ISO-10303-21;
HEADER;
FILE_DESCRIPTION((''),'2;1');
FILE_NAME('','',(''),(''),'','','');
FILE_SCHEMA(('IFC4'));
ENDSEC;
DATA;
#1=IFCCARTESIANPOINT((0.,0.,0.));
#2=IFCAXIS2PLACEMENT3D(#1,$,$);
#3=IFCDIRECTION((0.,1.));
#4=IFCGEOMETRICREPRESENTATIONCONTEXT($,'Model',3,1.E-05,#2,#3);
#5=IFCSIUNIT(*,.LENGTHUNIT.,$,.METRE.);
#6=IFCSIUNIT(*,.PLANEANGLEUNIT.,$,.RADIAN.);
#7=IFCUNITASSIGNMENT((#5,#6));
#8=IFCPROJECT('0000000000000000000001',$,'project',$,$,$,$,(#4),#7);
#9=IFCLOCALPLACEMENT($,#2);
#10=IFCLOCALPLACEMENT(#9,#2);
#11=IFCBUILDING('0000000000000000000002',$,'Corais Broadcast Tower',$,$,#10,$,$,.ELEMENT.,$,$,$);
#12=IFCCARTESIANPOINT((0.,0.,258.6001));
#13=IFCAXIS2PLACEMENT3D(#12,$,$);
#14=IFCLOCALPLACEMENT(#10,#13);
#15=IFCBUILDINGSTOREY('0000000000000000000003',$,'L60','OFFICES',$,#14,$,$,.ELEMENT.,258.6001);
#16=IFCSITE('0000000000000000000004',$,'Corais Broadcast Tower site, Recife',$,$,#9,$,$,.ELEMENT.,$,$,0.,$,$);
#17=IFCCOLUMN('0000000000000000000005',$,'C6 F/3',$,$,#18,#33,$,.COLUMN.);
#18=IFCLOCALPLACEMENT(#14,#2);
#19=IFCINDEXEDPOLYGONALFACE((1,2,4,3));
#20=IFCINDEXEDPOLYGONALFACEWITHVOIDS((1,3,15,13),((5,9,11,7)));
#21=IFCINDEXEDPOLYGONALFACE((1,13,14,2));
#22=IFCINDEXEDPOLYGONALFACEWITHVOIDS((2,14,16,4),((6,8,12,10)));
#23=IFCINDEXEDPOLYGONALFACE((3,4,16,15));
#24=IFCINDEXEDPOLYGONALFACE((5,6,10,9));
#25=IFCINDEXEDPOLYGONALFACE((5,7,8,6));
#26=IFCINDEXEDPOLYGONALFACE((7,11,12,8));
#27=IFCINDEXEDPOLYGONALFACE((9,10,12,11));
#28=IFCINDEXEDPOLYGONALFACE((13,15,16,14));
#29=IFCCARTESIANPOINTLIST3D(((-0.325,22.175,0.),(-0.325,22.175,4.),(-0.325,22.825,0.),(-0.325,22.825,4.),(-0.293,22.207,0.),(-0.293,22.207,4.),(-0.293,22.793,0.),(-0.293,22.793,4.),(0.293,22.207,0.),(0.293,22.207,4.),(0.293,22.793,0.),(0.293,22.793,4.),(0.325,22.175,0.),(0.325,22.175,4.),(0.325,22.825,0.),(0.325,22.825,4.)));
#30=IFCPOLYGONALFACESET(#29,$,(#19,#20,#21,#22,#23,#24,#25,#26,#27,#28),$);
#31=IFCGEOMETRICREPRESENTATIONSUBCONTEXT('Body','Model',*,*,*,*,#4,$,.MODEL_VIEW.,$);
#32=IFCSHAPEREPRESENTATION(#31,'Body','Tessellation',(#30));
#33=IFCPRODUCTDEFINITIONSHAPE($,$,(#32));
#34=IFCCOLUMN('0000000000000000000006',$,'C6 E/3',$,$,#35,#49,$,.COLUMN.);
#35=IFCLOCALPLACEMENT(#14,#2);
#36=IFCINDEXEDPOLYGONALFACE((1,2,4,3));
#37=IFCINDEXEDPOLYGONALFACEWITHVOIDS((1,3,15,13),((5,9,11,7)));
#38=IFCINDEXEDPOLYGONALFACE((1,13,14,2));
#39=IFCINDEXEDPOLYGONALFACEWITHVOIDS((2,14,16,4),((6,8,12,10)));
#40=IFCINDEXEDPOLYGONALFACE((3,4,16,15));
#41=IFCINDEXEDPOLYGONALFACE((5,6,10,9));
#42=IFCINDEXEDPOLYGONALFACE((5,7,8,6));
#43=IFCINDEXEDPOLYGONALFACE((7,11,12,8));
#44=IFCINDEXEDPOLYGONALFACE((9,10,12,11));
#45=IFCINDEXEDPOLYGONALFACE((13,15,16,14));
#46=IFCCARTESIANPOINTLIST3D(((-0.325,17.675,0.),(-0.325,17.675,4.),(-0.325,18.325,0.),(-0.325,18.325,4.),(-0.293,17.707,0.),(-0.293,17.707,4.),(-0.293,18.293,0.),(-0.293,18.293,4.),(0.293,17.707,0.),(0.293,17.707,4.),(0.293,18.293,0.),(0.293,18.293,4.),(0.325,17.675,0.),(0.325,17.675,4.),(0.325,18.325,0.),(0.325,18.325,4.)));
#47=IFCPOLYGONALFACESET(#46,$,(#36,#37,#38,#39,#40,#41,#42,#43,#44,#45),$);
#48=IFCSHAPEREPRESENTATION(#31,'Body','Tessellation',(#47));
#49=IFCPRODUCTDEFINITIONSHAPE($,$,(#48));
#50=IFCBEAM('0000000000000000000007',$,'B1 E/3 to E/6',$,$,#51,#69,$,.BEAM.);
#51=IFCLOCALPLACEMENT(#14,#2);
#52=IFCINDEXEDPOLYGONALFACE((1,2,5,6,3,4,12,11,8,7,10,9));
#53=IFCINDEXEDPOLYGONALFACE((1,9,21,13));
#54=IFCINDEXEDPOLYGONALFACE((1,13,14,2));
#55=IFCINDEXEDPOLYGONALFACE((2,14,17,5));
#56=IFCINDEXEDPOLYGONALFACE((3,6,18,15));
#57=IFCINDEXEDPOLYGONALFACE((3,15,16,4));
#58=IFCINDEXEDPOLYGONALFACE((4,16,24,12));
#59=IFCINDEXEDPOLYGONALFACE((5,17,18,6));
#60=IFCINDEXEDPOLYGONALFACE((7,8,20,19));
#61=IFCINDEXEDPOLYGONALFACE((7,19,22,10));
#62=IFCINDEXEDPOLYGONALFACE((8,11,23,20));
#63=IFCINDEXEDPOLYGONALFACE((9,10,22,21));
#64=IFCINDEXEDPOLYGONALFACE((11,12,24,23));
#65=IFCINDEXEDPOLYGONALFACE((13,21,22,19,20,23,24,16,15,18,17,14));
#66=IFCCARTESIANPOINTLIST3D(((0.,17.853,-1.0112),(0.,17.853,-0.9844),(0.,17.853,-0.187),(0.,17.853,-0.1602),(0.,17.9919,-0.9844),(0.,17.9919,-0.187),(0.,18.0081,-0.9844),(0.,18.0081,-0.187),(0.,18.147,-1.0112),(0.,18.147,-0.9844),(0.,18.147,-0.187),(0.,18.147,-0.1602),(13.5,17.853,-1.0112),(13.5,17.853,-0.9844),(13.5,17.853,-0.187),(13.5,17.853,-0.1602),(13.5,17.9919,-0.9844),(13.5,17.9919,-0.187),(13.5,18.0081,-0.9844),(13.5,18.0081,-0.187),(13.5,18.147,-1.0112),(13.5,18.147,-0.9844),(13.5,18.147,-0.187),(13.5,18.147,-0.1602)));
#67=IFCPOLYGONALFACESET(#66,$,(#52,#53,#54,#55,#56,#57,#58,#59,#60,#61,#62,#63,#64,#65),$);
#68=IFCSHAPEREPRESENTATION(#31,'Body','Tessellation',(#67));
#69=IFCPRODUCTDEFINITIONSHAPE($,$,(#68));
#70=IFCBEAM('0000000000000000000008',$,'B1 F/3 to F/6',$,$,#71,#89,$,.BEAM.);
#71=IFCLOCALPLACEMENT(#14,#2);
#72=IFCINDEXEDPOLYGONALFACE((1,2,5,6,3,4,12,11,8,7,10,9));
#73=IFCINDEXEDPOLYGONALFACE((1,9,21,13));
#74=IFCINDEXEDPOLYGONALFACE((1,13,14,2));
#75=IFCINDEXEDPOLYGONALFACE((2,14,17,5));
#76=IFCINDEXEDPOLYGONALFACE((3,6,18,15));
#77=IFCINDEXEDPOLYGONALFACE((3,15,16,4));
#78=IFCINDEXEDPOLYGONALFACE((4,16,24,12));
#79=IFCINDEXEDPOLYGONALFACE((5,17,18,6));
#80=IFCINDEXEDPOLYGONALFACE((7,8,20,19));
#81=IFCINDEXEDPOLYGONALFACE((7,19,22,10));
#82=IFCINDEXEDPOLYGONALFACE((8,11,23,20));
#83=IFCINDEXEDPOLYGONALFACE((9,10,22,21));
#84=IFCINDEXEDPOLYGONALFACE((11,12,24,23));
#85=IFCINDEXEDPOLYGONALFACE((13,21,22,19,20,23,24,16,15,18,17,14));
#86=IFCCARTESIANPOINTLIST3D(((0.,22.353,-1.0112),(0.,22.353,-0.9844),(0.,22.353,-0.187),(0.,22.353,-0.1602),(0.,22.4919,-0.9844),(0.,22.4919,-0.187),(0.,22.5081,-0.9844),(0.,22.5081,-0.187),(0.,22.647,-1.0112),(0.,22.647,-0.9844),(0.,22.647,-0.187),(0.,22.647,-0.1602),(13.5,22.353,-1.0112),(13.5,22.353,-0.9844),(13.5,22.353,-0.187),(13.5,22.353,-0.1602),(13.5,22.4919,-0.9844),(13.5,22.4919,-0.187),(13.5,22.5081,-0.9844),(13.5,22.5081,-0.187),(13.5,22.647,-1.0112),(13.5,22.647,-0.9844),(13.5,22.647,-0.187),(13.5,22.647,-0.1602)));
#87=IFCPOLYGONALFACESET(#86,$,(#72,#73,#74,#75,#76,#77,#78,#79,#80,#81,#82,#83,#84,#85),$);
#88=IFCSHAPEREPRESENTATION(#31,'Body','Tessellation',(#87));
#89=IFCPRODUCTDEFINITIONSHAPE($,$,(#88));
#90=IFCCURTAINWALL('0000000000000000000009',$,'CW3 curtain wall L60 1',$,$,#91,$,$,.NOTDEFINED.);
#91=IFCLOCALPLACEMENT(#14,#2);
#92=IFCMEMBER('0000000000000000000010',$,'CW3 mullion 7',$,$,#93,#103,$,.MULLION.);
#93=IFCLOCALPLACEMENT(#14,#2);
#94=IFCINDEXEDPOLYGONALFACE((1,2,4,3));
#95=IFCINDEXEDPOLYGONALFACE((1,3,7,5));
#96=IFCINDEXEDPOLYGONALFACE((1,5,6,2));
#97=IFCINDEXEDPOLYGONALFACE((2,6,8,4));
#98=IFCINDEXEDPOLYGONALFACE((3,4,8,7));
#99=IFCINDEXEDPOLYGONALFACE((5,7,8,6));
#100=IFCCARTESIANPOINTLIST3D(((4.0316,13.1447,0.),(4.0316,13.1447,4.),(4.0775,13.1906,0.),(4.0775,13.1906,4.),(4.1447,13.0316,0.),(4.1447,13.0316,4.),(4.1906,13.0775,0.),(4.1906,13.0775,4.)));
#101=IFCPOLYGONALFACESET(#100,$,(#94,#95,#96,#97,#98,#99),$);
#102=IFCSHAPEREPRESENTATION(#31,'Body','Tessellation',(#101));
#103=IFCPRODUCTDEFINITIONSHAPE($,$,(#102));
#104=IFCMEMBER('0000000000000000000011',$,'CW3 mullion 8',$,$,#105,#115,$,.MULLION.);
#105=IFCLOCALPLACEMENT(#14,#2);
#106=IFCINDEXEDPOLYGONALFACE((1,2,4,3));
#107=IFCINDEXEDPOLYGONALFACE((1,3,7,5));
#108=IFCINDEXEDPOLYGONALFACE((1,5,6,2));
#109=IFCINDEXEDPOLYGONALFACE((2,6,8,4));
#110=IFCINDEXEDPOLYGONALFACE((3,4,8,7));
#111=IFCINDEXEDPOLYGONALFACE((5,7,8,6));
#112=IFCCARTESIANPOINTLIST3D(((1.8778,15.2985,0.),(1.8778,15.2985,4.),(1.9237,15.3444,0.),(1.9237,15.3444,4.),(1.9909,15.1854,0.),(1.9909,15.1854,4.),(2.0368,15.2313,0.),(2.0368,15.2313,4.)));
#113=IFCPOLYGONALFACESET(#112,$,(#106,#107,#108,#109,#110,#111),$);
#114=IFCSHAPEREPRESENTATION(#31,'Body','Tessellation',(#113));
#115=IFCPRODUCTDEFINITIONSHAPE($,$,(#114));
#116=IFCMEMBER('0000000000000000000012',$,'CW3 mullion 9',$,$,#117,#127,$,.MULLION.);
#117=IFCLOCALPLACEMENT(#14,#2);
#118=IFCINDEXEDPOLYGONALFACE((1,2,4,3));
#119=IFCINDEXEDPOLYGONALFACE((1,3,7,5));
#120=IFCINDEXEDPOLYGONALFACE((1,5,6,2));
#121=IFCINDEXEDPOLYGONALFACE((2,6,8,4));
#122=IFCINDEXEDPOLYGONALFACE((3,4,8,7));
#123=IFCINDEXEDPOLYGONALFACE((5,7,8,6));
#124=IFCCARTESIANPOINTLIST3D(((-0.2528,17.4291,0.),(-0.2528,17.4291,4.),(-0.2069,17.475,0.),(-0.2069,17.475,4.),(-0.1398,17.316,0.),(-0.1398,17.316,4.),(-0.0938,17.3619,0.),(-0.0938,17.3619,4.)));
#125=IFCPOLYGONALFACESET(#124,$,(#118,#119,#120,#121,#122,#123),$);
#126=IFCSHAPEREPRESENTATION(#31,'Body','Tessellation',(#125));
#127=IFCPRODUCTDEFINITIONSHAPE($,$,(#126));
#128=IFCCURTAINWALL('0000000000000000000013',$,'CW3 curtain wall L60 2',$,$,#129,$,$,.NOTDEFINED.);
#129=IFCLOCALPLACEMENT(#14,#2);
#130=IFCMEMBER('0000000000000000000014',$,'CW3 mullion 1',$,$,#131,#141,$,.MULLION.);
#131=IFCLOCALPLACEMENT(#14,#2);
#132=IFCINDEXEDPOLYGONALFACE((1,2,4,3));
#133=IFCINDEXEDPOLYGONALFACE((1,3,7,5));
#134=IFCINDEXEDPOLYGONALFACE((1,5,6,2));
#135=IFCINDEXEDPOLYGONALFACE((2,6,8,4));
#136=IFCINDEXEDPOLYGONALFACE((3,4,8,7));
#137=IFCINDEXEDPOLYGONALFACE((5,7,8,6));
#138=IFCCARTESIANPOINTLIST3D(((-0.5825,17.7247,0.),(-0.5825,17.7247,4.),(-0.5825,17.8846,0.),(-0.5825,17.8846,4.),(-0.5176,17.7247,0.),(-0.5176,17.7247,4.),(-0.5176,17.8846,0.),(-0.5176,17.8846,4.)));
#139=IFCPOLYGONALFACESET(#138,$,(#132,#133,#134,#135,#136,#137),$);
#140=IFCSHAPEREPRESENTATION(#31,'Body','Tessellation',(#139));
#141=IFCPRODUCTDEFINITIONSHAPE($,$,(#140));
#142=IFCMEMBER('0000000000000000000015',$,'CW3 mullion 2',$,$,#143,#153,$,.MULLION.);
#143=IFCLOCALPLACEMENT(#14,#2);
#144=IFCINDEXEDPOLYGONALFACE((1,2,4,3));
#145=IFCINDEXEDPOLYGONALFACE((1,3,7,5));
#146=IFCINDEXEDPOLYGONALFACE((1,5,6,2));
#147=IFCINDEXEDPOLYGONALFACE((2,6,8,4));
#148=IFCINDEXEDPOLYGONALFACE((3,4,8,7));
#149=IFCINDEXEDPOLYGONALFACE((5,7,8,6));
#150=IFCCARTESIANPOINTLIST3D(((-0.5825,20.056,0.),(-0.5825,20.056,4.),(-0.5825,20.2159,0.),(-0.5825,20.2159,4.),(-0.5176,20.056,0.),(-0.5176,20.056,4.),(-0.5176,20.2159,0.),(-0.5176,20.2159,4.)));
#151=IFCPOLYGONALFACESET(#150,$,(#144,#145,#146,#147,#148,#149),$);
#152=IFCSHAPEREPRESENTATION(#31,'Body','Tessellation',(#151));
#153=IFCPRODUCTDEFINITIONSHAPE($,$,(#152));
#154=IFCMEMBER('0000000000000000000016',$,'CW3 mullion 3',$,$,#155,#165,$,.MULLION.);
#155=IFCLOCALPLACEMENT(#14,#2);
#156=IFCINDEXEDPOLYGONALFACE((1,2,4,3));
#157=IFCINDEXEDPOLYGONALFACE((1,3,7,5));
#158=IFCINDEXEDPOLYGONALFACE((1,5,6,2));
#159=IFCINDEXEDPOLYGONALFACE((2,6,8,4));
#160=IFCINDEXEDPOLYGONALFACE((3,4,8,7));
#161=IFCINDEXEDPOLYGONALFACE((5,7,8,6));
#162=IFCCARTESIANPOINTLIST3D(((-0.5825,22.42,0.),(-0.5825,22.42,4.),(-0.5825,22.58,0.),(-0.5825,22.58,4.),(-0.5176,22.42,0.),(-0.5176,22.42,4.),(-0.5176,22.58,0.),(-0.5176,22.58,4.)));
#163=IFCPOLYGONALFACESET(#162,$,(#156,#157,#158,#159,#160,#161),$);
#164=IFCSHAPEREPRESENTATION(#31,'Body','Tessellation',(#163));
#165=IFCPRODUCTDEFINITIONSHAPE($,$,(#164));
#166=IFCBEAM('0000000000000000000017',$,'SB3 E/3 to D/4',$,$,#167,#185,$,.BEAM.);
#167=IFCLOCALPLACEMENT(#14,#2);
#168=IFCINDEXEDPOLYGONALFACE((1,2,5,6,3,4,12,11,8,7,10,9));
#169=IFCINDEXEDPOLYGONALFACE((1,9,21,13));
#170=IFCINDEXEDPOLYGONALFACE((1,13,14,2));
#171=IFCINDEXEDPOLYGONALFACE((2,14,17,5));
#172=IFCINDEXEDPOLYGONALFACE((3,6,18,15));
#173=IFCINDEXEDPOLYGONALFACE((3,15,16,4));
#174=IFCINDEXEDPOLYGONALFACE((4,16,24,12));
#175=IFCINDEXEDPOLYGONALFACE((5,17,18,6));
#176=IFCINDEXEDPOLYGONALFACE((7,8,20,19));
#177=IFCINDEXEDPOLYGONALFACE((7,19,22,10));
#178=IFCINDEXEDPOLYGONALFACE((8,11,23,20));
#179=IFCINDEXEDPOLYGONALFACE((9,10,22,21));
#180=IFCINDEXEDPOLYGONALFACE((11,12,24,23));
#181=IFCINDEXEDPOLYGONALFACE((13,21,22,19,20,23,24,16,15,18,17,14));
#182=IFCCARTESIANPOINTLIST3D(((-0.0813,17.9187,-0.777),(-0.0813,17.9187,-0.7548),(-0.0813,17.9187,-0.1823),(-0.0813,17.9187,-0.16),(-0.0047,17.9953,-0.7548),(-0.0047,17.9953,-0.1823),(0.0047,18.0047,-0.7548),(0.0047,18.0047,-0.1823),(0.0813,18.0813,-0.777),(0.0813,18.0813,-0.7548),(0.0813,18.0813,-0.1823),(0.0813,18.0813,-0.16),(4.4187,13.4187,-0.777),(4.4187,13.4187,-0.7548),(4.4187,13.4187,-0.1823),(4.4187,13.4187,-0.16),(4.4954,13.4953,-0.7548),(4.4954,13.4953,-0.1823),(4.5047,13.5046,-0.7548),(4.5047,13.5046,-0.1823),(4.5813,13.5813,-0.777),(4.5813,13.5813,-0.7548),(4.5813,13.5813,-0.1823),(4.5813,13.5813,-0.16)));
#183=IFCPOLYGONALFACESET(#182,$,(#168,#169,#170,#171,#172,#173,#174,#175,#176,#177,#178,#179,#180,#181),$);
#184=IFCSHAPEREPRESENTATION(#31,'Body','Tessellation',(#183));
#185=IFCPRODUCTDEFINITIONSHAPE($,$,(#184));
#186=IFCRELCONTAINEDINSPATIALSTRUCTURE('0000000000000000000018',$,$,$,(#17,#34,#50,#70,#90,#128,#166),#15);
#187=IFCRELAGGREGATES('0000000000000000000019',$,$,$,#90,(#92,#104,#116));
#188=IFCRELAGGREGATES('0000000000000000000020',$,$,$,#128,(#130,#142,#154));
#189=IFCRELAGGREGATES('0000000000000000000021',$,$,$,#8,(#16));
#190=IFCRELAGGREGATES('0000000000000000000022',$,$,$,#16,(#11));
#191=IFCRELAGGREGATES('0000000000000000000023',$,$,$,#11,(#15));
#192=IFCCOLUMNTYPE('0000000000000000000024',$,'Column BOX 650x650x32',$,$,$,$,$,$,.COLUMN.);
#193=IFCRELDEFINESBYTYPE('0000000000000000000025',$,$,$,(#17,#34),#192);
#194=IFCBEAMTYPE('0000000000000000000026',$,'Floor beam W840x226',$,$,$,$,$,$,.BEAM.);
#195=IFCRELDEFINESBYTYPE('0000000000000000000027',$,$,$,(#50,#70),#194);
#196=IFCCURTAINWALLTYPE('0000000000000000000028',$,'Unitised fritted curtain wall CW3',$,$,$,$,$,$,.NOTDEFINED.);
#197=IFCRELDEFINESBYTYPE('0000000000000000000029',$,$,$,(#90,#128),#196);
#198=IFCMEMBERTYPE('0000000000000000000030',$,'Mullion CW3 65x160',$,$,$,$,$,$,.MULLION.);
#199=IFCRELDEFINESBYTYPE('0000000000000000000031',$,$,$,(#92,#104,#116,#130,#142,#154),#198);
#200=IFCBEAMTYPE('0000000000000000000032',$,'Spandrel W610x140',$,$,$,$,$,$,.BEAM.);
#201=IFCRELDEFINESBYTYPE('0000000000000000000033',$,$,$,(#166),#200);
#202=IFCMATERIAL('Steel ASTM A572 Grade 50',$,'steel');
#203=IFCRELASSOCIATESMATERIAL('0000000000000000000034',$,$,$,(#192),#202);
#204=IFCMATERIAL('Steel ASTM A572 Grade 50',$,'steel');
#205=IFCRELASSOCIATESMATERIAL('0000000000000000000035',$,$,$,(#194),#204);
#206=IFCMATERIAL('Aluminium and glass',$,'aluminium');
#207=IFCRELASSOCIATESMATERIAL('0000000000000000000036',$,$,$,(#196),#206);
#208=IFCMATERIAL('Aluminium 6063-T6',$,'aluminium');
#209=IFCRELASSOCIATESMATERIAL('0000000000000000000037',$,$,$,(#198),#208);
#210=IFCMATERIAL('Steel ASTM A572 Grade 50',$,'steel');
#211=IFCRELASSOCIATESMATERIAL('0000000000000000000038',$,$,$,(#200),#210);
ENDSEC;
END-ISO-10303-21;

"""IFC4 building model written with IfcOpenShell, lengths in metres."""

from ifc_helpers import new_model, si_unit, direction, frame, origin, origin_2d, place, context, subcontext, project, spatial, rectangle, hollow_rectangle, i_section, extrude, material, material_profile, profile_set, type_object, element, aggregate, save


model = new_model("IFC4")

# Units and contexts
model_context = context("Model", 3, precision=1e-05, world=origin(), true_north=direction((0.0, 1.0)))
body_context = subcontext(model_context, "Body", "Model", "MODEL_VIEW")
ifc_project = project(units=[si_unit("LENGTHUNIT", "METRE"), si_unit("PLANEANGLEUNIT", "RADIAN")], contexts=[model_context])

# Site, building, storey
site_placement = place(None, origin())
site = spatial("IfcSite", under=ifc_project, at=site_placement, Name="Corais Broadcast Tower site, Recife", CompositionType="ELEMENT", RefElevation=0.0)
building_placement = place(site_placement, origin())
building = spatial("IfcBuilding", under=site, at=building_placement, Name="Corais Broadcast Tower", CompositionType="ELEMENT")
storey_placement = place(building_placement, frame((0.0, 0.0, 258.6001)))
storey = spatial("IfcBuildingStorey", under=building, at=storey_placement, Name="L60", Description="OFFICES", CompositionType="ELEMENT", Elevation=258.6001)

# Columns
ifc_material_1 = material(Name="Steel ASTM A572 Grade 50", Category="steel")
ifc_material_profile_1 = material_profile(ifc_material_1, hollow_rectangle(XDim=0.6499, YDim=0.6499, WallThickness=0.032, at=origin_2d()), Name="BOX 650x650x32")
ifc_profile_set_1 = profile_set([ifc_material_profile_1], Name="Steel ASTM A572 Grade 50")
column_type = type_object("IfcColumnType", Name="Column BOX 650x650x32", PredefinedType="COLUMN", material=ifc_profile_set_1)
for number, where, z_axis, x_axis, name in (
    (1, (0.0, 22.5, 0.0), (0.0, 0.0, 1.0), (1.0, 0.0, 0.0), "C6 F/3"),
    (2, (0.0, 18.0, 0.0), (0.0, 0.0, 1.0), (1.0, 0.0, 0.0), "C6 E/3"),
):
    element("IfcColumn", number, at=place(storey_placement, frame(where, z_axis=z_axis, x_axis=x_axis)), inside=storey, type_object=column_type, Name=name, PredefinedType="COLUMN", context=body_context, shape_type="SweptSolid", body=[
        extrude(hollow_rectangle(XDim=0.6499, YDim=0.6499, WallThickness=0.032, at=origin_2d()), origin(), (0.0, 0.0, 1.0), 4.0),
    ])

# Beams
ifc_material_2 = material(Name="Steel ASTM A572 Grade 50", Category="steel")
ifc_material_profile_2 = material_profile(ifc_material_2, i_section(OverallWidth=0.2939, OverallDepth=0.8511, WebThickness=0.0161, FlangeThickness=0.0269, at=origin_2d()), Name="W840x226")
ifc_profile_set_2 = profile_set([ifc_material_profile_2], Name="Steel ASTM A572 Grade 50")
beam_type_1 = type_object("IfcBeamType", Name="Floor beam W840x226", PredefinedType="BEAM", material=ifc_profile_set_2)
for number, where, z_axis, x_axis, name in (
    (3, (0.0, 18.0, -0.5857), (1.0, 0.0, 0.0), (0.0, 1.0, 0.0), "B1 E/3 to E/6"),
    (4, (0.0, 22.5, -0.5857), (1.0, 0.0, 0.0), (0.0, 1.0, 0.0), "B1 F/3 to F/6"),
):
    element("IfcBeam", number, at=place(storey_placement, frame(where, z_axis=z_axis, x_axis=x_axis)), inside=storey, type_object=beam_type_1, Name=name, PredefinedType="BEAM", context=body_context, shape_type="SweptSolid", body=[
        extrude(i_section(OverallWidth=0.2939, OverallDepth=0.8511, WebThickness=0.0161, FlangeThickness=0.0269, at=origin_2d()), origin(), (0.0, 0.0, 1.0), 13.5),
    ])

# Curtain walls, members
ifc_material_3 = material(Name="Aluminium and glass", Category="aluminium")
curtain_wall_type = type_object("IfcCurtainWallType", Name="Unitised fritted curtain wall CW3", PredefinedType="NOTDEFINED", material=ifc_material_3)
curtain_wall_1_placement = place(storey_placement, origin())
curtain_wall_1 = element("IfcCurtainWall", 5, at=curtain_wall_1_placement, inside=storey, type_object=curtain_wall_type, Name="CW3 curtain wall L60 1", PredefinedType="NOTDEFINED")
ifc_material_4 = material(Name="Aluminium 6063-T6", Category="aluminium")
ifc_material_profile_3 = material_profile(ifc_material_4, rectangle(XDim=0.0649, YDim=0.1599, at=origin_2d()), Name="Mullion CW3 65x160")
ifc_profile_set_3 = profile_set([ifc_material_profile_3], Name="Aluminium 6063-T6")
member_type_1 = type_object("IfcMemberType", Name="Mullion CW3 65x160", PredefinedType="MULLION", material=ifc_profile_set_3)
member_1_placement = place(storey_placement, frame((4.1111, 13.1111, 0.0), z_axis=(0.0, 0.0, 1.0), x_axis=(-0.707107, -0.707107, 0.0)))
member_1 = element("IfcMember", 6, at=member_1_placement, type_object=member_type_1, Name="CW3 mullion 7", PredefinedType="MULLION", context=body_context, shape_type="SweptSolid", body=[
    extrude(rectangle(XDim=0.0649, YDim=0.1599, at=origin_2d()), origin(), (0.0, 0.0, 1.0), 4.0),
])
member_2_placement = place(storey_placement, frame((1.9573, 15.2649, 0.0), z_axis=(0.0, 0.0, 1.0), x_axis=(-0.707107, -0.707107, 0.0)))
member_2 = element("IfcMember", 7, at=member_2_placement, type_object=member_type_1, Name="CW3 mullion 8", PredefinedType="MULLION", context=body_context, shape_type="SweptSolid", body=[
    extrude(rectangle(XDim=0.0649, YDim=0.1599, at=origin_2d()), origin(), (0.0, 0.0, 1.0), 4.0),
])
member_3_placement = place(storey_placement, frame((-0.1733, 17.3955, 0.0), z_axis=(0.0, 0.0, 1.0), x_axis=(-0.707107, -0.707107, 0.0)))
member_3 = element("IfcMember", 8, at=member_3_placement, type_object=member_type_1, Name="CW3 mullion 9", PredefinedType="MULLION", context=body_context, shape_type="SweptSolid", body=[
    extrude(rectangle(XDim=0.0649, YDim=0.1599, at=origin_2d()), origin(), (0.0, 0.0, 1.0), 4.0),
])
curtain_wall_2_placement = place(storey_placement, origin())
curtain_wall_2 = element("IfcCurtainWall", 9, at=curtain_wall_2_placement, inside=storey, type_object=curtain_wall_type, Name="CW3 curtain wall L60 2", PredefinedType="NOTDEFINED")
member_4_placement = place(storey_placement, frame((-0.55, 17.8047, 0.0), z_axis=(0.0, 0.0, 1.0), x_axis=(-1.0, 0.0, 0.0)))
member_4 = element("IfcMember", 10, at=member_4_placement, type_object=member_type_1, Name="CW3 mullion 1", PredefinedType="MULLION", context=body_context, shape_type="SweptSolid", body=[
    extrude(rectangle(XDim=0.0649, YDim=0.1599, at=origin_2d()), origin(), (0.0, 0.0, 1.0), 4.0),
])
member_5_placement = place(storey_placement, frame((-0.55, 20.136, 0.0), z_axis=(0.0, 0.0, 1.0), x_axis=(-1.0, 0.0, 0.0)))
member_5 = element("IfcMember", 11, at=member_5_placement, type_object=member_type_1, Name="CW3 mullion 2", PredefinedType="MULLION", context=body_context, shape_type="SweptSolid", body=[
    extrude(rectangle(XDim=0.0649, YDim=0.1599, at=origin_2d()), origin(), (0.0, 0.0, 1.0), 4.0),
])
member_6_placement = place(storey_placement, frame((-0.55, 22.5, 0.0), z_axis=(0.0, 0.0, 1.0), x_axis=(-1.0, 0.0, 0.0)))
member_6 = element("IfcMember", 12, at=member_6_placement, type_object=member_type_1, Name="CW3 mullion 3", PredefinedType="MULLION", context=body_context, shape_type="SweptSolid", body=[
    extrude(rectangle(XDim=0.0649, YDim=0.1599, at=origin_2d()), origin(), (0.0, 0.0, 1.0), 4.0),
])

# Beam
ifc_material_5 = material(Name="Steel ASTM A572 Grade 50", Category="steel")
ifc_material_profile_4 = material_profile(ifc_material_5, i_section(OverallWidth=0.23, OverallDepth=0.6169, WebThickness=0.0132, FlangeThickness=0.0222, at=origin_2d()), Name="W610x140")
ifc_profile_set_4 = profile_set([ifc_material_profile_4], Name="Steel ASTM A572 Grade 50")
beam_type_2 = type_object("IfcBeamType", Name="Spandrel W610x140", PredefinedType="BEAM", material=ifc_profile_set_4)
beam_1_placement = place(storey_placement, frame((0.0, 18.0, -0.4685), z_axis=(0.707107, -0.707107, 0.0), x_axis=(0.707107, 0.707107, 0.0)))
element("IfcBeam", 13, at=beam_1_placement, inside=storey, type_object=beam_type_2, Name="SB3 E/3 to D/4", PredefinedType="BEAM", context=body_context, shape_type="SweptSolid", body=[
    extrude(i_section(OverallWidth=0.23, OverallDepth=0.6169, WebThickness=0.0132, FlangeThickness=0.0222, at=origin_2d()), origin(), (0.0, 0.0, 1.0), 6.364),
])

aggregate(curtain_wall_1, [member_1, member_2, member_3])
aggregate(curtain_wall_2, [member_4, member_5, member_6])

save(model, "model.ifc")
